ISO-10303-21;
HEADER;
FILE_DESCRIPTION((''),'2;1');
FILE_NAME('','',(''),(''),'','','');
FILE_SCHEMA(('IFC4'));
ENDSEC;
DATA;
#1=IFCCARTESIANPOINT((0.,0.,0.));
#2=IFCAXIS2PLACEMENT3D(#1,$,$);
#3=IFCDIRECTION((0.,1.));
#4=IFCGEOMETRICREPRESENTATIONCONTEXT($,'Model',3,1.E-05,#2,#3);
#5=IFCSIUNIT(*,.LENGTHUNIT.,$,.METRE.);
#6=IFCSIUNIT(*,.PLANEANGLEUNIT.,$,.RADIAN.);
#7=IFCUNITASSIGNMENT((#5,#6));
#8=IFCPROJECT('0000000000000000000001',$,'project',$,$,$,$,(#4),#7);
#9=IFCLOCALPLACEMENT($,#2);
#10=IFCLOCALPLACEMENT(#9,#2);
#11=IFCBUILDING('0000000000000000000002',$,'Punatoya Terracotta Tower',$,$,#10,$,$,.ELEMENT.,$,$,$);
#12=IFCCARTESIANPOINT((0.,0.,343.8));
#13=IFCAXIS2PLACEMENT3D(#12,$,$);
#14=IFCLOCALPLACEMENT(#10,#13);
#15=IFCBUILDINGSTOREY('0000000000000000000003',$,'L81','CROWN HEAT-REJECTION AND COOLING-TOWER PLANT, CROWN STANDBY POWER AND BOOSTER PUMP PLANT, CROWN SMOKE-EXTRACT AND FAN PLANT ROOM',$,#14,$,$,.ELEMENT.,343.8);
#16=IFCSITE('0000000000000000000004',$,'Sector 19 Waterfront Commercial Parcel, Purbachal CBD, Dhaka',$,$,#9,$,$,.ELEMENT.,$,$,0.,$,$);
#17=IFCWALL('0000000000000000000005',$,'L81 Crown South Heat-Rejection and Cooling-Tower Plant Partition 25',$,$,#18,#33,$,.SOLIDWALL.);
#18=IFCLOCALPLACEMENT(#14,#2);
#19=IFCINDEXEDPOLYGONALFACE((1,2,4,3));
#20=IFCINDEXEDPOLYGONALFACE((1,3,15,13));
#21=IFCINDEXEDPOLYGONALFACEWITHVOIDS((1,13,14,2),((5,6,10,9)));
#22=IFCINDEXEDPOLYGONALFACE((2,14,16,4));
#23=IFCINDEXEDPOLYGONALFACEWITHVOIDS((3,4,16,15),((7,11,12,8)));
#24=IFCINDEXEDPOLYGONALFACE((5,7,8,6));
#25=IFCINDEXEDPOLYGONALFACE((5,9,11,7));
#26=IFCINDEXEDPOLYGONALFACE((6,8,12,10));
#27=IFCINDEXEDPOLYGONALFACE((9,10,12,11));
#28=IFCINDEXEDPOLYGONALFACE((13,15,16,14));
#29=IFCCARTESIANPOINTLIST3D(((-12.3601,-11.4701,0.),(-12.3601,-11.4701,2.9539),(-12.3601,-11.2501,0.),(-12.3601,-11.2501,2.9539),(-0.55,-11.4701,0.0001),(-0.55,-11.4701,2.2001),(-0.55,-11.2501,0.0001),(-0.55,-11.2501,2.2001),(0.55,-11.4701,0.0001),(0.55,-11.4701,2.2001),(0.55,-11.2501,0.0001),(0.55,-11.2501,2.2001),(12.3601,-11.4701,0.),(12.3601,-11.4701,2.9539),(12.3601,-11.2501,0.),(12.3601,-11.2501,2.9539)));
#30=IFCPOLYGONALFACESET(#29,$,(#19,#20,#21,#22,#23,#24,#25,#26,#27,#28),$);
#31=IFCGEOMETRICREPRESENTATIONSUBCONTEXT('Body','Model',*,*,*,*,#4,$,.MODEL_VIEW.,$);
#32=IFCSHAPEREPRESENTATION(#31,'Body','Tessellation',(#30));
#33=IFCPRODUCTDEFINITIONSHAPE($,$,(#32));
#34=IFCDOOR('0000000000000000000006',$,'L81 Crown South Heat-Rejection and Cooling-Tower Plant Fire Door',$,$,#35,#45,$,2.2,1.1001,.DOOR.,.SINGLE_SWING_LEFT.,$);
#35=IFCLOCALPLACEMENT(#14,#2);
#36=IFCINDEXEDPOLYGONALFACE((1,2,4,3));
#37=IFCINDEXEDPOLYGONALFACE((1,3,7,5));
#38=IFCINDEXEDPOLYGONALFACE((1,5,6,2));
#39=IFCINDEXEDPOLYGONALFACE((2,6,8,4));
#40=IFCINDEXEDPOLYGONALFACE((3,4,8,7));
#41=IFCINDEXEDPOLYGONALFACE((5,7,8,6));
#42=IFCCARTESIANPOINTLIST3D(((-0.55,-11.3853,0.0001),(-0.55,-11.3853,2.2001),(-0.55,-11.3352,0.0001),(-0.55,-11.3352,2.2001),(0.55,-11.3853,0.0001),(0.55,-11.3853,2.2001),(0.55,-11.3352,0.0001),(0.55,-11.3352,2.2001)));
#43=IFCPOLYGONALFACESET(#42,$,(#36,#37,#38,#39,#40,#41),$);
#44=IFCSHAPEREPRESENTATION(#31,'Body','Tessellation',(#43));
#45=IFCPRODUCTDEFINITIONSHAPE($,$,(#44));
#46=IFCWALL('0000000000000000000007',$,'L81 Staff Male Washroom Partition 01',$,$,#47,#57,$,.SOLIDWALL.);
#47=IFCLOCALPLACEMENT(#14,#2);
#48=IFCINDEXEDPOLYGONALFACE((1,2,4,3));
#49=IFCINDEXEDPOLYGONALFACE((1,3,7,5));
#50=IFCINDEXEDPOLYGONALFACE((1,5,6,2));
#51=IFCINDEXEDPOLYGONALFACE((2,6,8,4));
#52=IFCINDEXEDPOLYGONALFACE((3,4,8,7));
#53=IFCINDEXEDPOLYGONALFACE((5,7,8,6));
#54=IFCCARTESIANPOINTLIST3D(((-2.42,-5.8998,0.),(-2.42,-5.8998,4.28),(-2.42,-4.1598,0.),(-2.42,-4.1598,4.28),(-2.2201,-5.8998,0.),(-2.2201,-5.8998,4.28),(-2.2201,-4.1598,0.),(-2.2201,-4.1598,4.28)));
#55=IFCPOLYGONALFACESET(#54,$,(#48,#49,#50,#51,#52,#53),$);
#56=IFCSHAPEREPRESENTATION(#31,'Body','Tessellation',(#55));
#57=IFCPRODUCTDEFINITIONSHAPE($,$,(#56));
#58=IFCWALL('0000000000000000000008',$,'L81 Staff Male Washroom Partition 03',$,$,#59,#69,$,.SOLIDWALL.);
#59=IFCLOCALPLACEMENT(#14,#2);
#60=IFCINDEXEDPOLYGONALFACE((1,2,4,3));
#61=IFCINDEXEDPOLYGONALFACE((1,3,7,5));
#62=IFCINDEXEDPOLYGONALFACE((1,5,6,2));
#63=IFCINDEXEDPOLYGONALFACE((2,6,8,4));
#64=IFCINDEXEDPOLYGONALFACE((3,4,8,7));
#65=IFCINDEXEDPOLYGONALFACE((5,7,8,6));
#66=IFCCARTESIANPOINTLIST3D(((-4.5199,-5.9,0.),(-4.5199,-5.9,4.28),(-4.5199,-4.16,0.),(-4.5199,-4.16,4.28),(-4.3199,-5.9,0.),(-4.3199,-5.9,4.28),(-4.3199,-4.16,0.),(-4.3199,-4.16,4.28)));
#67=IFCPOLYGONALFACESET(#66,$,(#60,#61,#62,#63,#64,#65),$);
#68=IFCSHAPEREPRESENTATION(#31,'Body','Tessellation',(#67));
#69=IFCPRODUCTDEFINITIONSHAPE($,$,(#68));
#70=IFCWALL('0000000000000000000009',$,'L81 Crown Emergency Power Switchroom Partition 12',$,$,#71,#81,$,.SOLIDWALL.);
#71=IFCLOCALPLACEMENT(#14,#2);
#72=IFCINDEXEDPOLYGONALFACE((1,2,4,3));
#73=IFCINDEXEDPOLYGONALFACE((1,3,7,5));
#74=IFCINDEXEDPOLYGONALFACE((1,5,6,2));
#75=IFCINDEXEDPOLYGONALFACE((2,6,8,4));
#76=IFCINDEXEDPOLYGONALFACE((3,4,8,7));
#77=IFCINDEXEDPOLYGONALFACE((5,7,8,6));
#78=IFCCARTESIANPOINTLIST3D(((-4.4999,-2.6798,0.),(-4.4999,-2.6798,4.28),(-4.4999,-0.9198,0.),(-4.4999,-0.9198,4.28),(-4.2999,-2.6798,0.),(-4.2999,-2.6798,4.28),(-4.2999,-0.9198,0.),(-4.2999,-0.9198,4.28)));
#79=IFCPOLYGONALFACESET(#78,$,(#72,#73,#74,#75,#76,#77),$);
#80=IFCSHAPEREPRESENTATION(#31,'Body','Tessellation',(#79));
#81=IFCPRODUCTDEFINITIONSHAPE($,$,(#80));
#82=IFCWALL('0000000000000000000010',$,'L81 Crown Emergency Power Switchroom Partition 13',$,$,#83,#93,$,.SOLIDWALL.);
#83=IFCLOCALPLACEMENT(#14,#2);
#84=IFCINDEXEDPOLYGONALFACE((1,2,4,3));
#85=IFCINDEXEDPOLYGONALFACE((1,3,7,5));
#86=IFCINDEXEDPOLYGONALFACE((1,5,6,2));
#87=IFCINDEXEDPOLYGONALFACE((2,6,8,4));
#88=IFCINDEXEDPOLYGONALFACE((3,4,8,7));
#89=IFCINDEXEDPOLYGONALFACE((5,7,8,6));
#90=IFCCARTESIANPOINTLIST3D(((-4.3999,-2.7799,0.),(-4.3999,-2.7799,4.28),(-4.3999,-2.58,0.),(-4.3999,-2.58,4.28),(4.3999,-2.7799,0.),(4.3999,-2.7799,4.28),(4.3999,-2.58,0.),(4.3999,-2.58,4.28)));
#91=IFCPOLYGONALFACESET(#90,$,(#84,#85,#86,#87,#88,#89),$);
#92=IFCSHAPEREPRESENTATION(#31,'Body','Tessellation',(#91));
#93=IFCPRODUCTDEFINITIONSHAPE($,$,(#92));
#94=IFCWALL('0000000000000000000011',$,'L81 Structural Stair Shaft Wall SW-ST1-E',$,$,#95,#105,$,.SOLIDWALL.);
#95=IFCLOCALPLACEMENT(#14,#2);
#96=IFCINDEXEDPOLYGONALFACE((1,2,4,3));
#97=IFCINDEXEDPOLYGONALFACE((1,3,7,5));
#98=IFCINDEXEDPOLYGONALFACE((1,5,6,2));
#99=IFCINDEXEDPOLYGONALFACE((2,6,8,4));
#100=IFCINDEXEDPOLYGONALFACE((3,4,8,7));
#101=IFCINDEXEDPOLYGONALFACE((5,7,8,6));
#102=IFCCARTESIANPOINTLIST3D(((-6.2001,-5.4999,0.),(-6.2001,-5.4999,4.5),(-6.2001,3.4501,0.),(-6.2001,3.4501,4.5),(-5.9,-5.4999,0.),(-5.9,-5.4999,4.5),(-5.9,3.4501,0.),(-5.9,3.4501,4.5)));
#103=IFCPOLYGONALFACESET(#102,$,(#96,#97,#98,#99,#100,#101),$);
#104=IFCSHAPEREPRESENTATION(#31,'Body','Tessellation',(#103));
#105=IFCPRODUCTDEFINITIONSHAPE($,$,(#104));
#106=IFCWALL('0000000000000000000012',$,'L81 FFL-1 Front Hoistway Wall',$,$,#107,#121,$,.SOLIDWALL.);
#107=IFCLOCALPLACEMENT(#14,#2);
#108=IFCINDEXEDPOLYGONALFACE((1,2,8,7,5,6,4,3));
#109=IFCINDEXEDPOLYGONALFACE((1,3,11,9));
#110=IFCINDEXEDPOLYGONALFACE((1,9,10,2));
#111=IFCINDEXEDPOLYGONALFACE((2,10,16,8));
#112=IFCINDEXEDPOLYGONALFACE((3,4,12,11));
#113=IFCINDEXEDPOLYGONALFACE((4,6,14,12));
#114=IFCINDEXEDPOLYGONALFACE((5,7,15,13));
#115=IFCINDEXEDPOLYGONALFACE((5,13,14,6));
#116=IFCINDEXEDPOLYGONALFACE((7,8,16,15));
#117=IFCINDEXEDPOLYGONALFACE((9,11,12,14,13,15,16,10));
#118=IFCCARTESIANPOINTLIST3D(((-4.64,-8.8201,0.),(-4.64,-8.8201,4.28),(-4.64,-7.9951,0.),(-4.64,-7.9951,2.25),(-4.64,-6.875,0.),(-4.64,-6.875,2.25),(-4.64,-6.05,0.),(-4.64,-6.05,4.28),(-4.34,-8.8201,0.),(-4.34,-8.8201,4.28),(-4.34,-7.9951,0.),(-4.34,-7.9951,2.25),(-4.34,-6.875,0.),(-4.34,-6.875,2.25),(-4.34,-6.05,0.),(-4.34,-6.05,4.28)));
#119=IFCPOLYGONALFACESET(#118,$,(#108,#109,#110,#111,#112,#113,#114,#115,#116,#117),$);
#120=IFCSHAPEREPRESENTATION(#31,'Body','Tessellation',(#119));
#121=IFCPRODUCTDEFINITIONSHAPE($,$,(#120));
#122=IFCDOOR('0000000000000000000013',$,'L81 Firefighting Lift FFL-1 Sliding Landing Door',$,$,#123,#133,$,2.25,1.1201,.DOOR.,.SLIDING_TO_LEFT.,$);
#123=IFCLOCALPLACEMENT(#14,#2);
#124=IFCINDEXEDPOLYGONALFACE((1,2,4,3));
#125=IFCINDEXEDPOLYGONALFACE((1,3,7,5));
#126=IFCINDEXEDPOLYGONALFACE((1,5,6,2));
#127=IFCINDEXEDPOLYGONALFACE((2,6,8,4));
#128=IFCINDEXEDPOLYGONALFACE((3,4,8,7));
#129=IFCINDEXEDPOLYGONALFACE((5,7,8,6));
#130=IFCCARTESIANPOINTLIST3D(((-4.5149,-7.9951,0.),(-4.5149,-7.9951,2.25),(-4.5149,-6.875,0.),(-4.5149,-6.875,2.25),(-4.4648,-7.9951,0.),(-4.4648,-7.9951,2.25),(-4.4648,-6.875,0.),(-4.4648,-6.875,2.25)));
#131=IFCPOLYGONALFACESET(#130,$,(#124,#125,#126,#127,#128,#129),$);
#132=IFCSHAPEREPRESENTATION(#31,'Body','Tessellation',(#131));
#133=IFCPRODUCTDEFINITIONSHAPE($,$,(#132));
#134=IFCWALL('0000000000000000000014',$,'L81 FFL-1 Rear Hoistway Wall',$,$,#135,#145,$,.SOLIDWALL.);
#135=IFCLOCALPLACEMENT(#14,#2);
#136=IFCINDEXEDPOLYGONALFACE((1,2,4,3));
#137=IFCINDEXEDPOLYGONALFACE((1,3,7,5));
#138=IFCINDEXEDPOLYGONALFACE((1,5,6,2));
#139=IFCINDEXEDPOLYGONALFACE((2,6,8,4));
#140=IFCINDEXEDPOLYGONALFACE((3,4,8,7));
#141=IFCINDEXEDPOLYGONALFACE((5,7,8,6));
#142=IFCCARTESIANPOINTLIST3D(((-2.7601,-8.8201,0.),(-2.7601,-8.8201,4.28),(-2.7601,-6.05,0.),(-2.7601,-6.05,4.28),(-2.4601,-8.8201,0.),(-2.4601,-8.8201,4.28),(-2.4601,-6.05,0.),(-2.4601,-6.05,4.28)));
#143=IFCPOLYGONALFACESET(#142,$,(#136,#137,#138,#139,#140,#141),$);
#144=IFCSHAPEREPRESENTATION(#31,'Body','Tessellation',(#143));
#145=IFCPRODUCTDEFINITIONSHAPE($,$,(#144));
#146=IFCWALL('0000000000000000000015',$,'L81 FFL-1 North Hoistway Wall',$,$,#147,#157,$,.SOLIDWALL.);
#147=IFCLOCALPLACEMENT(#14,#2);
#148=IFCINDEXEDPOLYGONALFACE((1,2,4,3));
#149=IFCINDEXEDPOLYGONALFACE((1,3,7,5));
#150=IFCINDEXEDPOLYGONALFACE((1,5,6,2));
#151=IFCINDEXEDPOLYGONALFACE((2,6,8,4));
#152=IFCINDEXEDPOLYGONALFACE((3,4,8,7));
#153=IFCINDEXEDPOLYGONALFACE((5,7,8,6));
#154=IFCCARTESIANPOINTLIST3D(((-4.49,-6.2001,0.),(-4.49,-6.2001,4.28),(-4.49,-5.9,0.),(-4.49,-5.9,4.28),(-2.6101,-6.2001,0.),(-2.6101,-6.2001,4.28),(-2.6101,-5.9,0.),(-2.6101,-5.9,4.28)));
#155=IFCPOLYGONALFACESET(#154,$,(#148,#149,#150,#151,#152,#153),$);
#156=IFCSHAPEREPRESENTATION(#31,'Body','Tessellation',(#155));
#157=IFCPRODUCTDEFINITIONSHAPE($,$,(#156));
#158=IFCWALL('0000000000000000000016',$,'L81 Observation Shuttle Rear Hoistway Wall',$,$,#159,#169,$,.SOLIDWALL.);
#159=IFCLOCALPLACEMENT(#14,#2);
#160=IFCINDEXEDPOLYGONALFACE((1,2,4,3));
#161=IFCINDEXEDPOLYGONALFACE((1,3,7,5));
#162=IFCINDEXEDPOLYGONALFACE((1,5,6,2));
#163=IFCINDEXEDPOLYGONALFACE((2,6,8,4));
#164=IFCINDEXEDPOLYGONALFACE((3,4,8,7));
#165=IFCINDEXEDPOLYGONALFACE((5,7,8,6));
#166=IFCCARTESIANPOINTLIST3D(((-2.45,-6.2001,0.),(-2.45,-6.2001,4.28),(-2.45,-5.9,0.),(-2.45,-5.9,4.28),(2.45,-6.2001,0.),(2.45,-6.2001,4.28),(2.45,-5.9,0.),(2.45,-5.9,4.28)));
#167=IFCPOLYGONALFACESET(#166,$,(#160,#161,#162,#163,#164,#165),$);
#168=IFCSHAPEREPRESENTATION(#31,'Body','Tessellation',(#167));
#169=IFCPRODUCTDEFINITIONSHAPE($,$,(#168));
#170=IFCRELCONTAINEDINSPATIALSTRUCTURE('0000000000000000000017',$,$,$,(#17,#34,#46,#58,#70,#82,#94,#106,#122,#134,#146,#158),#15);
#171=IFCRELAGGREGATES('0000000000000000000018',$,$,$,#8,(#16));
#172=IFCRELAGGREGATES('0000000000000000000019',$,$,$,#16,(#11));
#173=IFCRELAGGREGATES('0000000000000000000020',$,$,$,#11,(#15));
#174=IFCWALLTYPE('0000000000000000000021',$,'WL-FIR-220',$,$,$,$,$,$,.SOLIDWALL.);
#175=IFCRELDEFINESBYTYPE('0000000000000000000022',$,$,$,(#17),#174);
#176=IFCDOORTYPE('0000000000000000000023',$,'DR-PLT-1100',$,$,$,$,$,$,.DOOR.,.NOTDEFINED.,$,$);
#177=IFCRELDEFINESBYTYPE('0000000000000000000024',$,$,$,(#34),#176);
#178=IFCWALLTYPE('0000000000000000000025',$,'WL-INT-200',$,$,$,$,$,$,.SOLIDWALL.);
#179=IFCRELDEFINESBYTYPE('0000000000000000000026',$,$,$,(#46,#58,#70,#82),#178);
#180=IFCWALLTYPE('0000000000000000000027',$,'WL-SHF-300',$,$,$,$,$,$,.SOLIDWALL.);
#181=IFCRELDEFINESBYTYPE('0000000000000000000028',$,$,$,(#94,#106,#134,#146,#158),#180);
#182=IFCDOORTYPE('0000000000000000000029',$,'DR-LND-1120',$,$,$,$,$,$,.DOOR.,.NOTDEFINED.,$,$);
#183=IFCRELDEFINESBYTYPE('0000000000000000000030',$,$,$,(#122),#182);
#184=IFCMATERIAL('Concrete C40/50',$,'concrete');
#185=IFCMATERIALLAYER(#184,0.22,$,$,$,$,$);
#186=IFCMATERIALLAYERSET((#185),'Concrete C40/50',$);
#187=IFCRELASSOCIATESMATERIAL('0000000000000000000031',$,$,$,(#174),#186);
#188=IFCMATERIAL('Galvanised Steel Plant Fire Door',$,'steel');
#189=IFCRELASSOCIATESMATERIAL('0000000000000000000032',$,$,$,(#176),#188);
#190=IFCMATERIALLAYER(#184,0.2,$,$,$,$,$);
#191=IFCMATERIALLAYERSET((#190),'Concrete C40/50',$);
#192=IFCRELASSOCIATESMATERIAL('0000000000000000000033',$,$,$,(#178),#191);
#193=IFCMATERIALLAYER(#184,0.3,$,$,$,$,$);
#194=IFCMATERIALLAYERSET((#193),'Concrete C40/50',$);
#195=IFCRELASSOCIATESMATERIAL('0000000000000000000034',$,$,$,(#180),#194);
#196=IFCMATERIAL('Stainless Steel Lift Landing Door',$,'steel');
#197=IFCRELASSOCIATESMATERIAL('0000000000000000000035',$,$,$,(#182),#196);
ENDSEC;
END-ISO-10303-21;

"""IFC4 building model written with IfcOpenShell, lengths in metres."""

from ifc_helpers import new_model, si_unit, direction, frame, frame_2d, origin, place, context, subcontext, project, spatial, rectangle, extrude, material, layer, layer_set, type_object, element, fill, save


model = new_model("IFC4")

# Units and contexts
model_context = context("Model", 3, precision=1e-05, world=origin(), true_north=direction((0.0, 1.0)))
body_context = subcontext(model_context, "Body", "Model", "MODEL_VIEW")
ifc_project = project(units=[si_unit("LENGTHUNIT", "METRE"), si_unit("PLANEANGLEUNIT", "RADIAN")], contexts=[model_context])

# Site, building, storey
site_placement = place(None, origin())
site = spatial("IfcSite", under=ifc_project, at=site_placement, Name="Sector 19 Waterfront Commercial Parcel, Purbachal CBD, Dhaka", CompositionType="ELEMENT", RefElevation=0.0)
building_placement = place(site_placement, origin())
building = spatial("IfcBuilding", under=site, at=building_placement, Name="Punatoya Terracotta Tower", CompositionType="ELEMENT")
storey_placement = place(building_placement, frame((0.0, 0.0, 343.8)))
storey = spatial("IfcBuildingStorey", under=building, at=storey_placement, Name="L81", Description="CROWN HEAT-REJECTION AND COOLING-TOWER PLANT, CROWN STANDBY POWER AND BOOSTER PUMP PLANT, CROWN SMOKE-EXTRACT AND FAN PLANT ROOM", CompositionType="ELEMENT", Elevation=343.8)

# Wall, opening, door
ifc_material_1 = material(Name="Concrete C40/50", Category="concrete")
ifc_layer_1 = layer(ifc_material_1, 0.22)
ifc_layer_set_1 = layer_set([ifc_layer_1], Name="Concrete C40/50")
wall_type_1 = type_object("IfcWallType", Name="WL-FIR-220", PredefinedType="SOLIDWALL", material=ifc_layer_set_1)
wall_1_placement = place(storey_placement, frame((-12.3601, -11.3601, 0.0), z_axis=(0.0, 0.0, 1.0), x_axis=(1.0, 0.0, 0.0)))
wall_1 = element("IfcWall", 1, at=wall_1_placement, inside=storey, type_object=wall_type_1, Name="L81 Crown South Heat-Rejection and Cooling-Tower Plant Partition 25", PredefinedType="SOLIDWALL", context=body_context, shape_type="SweptSolid", body=[
    extrude(rectangle(XDim=24.7202, YDim=0.22, at=frame_2d((12.3601, 0.0))), origin(), (0.0, 0.0, 1.0), 2.9539),
])
opening_1_placement = place(wall_1_placement, frame((11.8101, 0.0, 0.0)))
opening_1 = element("IfcOpeningElement", 2, at=opening_1_placement, cuts=wall_1, PredefinedType="OPENING", context=body_context, shape_type="SweptSolid", body=[
    extrude(rectangle(XDim=1.1001, YDim=2.2, at=frame_2d((0.55, 1.1001))), frame((0.0, 0.1199, 0.0), z_axis=(0.0, -1.0, 0.0), x_axis=(1.0, 0.0, 0.0)), (0.0, 0.0, 1.0), 0.24),
])
ifc_material_2 = material(Name="Galvanised Steel Plant Fire Door", Category="steel")
door_type_1 = type_object("IfcDoorType", Name="DR-PLT-1100", OperationType="NOTDEFINED", PredefinedType="DOOR", material=ifc_material_2)
door_1_placement = place(opening_1_placement, origin())
door_1 = element("IfcDoor", 3, at=door_1_placement, inside=storey, type_object=door_type_1, Name="L81 Crown South Heat-Rejection and Cooling-Tower Plant Fire Door", OperationType="SINGLE_SWING_LEFT", OverallHeight=2.2, OverallWidth=1.1001, PredefinedType="DOOR", context=body_context, shape_type="SweptSolid", body=[
    extrude(rectangle(XDim=1.1001, YDim=2.2, at=frame_2d((0.55, 1.1001))), frame((0.0, 0.0249, 0.0), z_axis=(0.0, -1.0, 0.0), x_axis=(1.0, 0.0, 0.0)), (0.0, 0.0, 1.0), 0.05),
])
fill(opening_1, door_1)

# Walls
ifc_layer_2 = layer(ifc_material_1, 0.2)
ifc_layer_set_2 = layer_set([ifc_layer_2], Name="Concrete C40/50")
wall_type_2 = type_object("IfcWallType", Name="WL-INT-200", PredefinedType="SOLIDWALL", material=ifc_layer_set_2)
for number, where, z_axis, x_axis, name in (
    (4, (-2.3201, -5.8999, 0.0), (0.0, 0.0, 1.0), (0.0, 1.0, 0.0), "L81 Staff Male Washroom Partition 01"),
    (5, (-4.4199, -4.1599, 0.0), (0.0, 0.0, 1.0), (0.0, -1.0, 0.0), "L81 Staff Male Washroom Partition 03"),
):
    element("IfcWall", number, at=place(storey_placement, frame(where, z_axis=z_axis, x_axis=x_axis)), inside=storey, type_object=wall_type_2, Name=name, PredefinedType="SOLIDWALL", context=body_context, shape_type="SweptSolid", body=[
        extrude(rectangle(XDim=1.74, YDim=0.2, at=frame_2d((0.8701, 0.0))), origin(), (0.0, 0.0, 1.0), 4.28),
    ])
wall_2_placement = place(storey_placement, frame((-4.3999, -0.9199, 0.0), z_axis=(0.0, 0.0, 1.0), x_axis=(0.0, -1.0, 0.0)))
element("IfcWall", 6, at=wall_2_placement, inside=storey, type_object=wall_type_2, Name="L81 Crown Emergency Power Switchroom Partition 12", PredefinedType="SOLIDWALL", context=body_context, shape_type="SweptSolid", body=[
    extrude(rectangle(XDim=1.76, YDim=0.2, at=frame_2d((0.8799, 0.0))), origin(), (0.0, 0.0, 1.0), 4.28),
])
wall_3_placement = place(storey_placement, frame((-4.3999, -2.6799, 0.0), z_axis=(0.0, 0.0, 1.0), x_axis=(1.0, 0.0, 0.0)))
element("IfcWall", 7, at=wall_3_placement, inside=storey, type_object=wall_type_2, Name="L81 Crown Emergency Power Switchroom Partition 13", PredefinedType="SOLIDWALL", context=body_context, shape_type="SweptSolid", body=[
    extrude(rectangle(XDim=8.7998, YDim=0.2, at=frame_2d((4.3999, 0.0))), origin(), (0.0, 0.0, 1.0), 4.28),
])
ifc_layer_3 = layer(ifc_material_1, 0.3)
ifc_layer_set_3 = layer_set([ifc_layer_3], Name="Concrete C40/50")
wall_type_3 = type_object("IfcWallType", Name="WL-SHF-300", PredefinedType="SOLIDWALL", material=ifc_layer_set_3)
wall_4_placement = place(storey_placement, frame((-6.05, -5.5, 0.0), z_axis=(0.0, 0.0, 1.0), x_axis=(0.0, 1.0, 0.0)))
element("IfcWall", 8, at=wall_4_placement, inside=storey, type_object=wall_type_3, Name="L81 Structural Stair Shaft Wall SW-ST1-E", PredefinedType="SOLIDWALL", context=body_context, shape_type="SweptSolid", body=[
    extrude(rectangle(XDim=8.95, YDim=0.3, at=frame_2d((4.4751, 0.0))), origin(), (0.0, 0.0, 1.0), 4.5),
])

# Wall, opening, door
wall_5_placement = place(storey_placement, frame((-4.49, -8.8201, 0.0), z_axis=(0.0, 0.0, 1.0), x_axis=(0.0, 1.0, 0.0)))
wall_5 = element("IfcWall", 9, at=wall_5_placement, inside=storey, type_object=wall_type_3, Name="L81 FFL-1 Front Hoistway Wall", PredefinedType="SOLIDWALL", context=body_context, shape_type="SweptSolid", body=[
    extrude(rectangle(XDim=2.77, YDim=0.3, at=frame_2d((1.385, 0.0))), origin(), (0.0, 0.0, 1.0), 4.28),
])
opening_2_placement = place(wall_5_placement, frame((0.825, 0.0, 0.0)))
opening_2 = element("IfcOpeningElement", 10, at=opening_2_placement, cuts=wall_5, PredefinedType="OPENING", context=body_context, shape_type="SweptSolid", body=[
    extrude(rectangle(XDim=1.1201, YDim=2.25, at=frame_2d((0.5601, 1.125))), frame((0.0, 0.1599, 0.0), z_axis=(0.0, -1.0, 0.0), x_axis=(1.0, 0.0, 0.0)), (0.0, 0.0, 1.0), 0.3201),
])
ifc_material_3 = material(Name="Stainless Steel Lift Landing Door", Category="steel")
door_type_2 = type_object("IfcDoorType", Name="DR-LND-1120", OperationType="NOTDEFINED", PredefinedType="DOOR", material=ifc_material_3)
door_2_placement = place(opening_2_placement, origin())
door_2 = element("IfcDoor", 11, at=door_2_placement, inside=storey, type_object=door_type_2, Name="L81 Firefighting Lift FFL-1 Sliding Landing Door", OperationType="SLIDING_TO_LEFT", OverallHeight=2.25, OverallWidth=1.1201, PredefinedType="DOOR", context=body_context, shape_type="SweptSolid", body=[
    extrude(rectangle(XDim=1.1201, YDim=2.25, at=frame_2d((0.5601, 1.125))), frame((0.0, 0.0249, 0.0), z_axis=(0.0, -1.0, 0.0), x_axis=(1.0, 0.0, 0.0)), (0.0, 0.0, 1.0), 0.05),
])
fill(opening_2, door_2)

# Walls
wall_6_placement = place(storey_placement, frame((-2.6101, -8.8201, 0.0), z_axis=(0.0, 0.0, 1.0), x_axis=(0.0, 1.0, 0.0)))
element("IfcWall", 12, at=wall_6_placement, inside=storey, type_object=wall_type_3, Name="L81 FFL-1 Rear Hoistway Wall", PredefinedType="SOLIDWALL", context=body_context, shape_type="SweptSolid", body=[
    extrude(rectangle(XDim=2.77, YDim=0.3, at=frame_2d((1.385, 0.0))), origin(), (0.0, 0.0, 1.0), 4.28),
])
wall_7_placement = place(storey_placement, frame((-4.49, -6.05, 0.0), z_axis=(0.0, 0.0, 1.0), x_axis=(1.0, 0.0, 0.0)))
element("IfcWall", 13, at=wall_7_placement, inside=storey, type_object=wall_type_3, Name="L81 FFL-1 North Hoistway Wall", PredefinedType="SOLIDWALL", context=body_context, shape_type="SweptSolid", body=[
    extrude(rectangle(XDim=1.8799, YDim=0.3, at=frame_2d((0.9399, 0.0))), origin(), (0.0, 0.0, 1.0), 4.28),
])
wall_8_placement = place(storey_placement, frame((-2.45, -6.05, 0.0), z_axis=(0.0, 0.0, 1.0), x_axis=(1.0, 0.0, 0.0)))
element("IfcWall", 14, at=wall_8_placement, inside=storey, type_object=wall_type_3, Name="L81 Observation Shuttle Rear Hoistway Wall", PredefinedType="SOLIDWALL", context=body_context, shape_type="SweptSolid", body=[
    extrude(rectangle(XDim=4.8999, YDim=0.3, at=frame_2d((2.45, 0.0))), origin(), (0.0, 0.0, 1.0), 4.28),
])

save(model, "model.ifc")
